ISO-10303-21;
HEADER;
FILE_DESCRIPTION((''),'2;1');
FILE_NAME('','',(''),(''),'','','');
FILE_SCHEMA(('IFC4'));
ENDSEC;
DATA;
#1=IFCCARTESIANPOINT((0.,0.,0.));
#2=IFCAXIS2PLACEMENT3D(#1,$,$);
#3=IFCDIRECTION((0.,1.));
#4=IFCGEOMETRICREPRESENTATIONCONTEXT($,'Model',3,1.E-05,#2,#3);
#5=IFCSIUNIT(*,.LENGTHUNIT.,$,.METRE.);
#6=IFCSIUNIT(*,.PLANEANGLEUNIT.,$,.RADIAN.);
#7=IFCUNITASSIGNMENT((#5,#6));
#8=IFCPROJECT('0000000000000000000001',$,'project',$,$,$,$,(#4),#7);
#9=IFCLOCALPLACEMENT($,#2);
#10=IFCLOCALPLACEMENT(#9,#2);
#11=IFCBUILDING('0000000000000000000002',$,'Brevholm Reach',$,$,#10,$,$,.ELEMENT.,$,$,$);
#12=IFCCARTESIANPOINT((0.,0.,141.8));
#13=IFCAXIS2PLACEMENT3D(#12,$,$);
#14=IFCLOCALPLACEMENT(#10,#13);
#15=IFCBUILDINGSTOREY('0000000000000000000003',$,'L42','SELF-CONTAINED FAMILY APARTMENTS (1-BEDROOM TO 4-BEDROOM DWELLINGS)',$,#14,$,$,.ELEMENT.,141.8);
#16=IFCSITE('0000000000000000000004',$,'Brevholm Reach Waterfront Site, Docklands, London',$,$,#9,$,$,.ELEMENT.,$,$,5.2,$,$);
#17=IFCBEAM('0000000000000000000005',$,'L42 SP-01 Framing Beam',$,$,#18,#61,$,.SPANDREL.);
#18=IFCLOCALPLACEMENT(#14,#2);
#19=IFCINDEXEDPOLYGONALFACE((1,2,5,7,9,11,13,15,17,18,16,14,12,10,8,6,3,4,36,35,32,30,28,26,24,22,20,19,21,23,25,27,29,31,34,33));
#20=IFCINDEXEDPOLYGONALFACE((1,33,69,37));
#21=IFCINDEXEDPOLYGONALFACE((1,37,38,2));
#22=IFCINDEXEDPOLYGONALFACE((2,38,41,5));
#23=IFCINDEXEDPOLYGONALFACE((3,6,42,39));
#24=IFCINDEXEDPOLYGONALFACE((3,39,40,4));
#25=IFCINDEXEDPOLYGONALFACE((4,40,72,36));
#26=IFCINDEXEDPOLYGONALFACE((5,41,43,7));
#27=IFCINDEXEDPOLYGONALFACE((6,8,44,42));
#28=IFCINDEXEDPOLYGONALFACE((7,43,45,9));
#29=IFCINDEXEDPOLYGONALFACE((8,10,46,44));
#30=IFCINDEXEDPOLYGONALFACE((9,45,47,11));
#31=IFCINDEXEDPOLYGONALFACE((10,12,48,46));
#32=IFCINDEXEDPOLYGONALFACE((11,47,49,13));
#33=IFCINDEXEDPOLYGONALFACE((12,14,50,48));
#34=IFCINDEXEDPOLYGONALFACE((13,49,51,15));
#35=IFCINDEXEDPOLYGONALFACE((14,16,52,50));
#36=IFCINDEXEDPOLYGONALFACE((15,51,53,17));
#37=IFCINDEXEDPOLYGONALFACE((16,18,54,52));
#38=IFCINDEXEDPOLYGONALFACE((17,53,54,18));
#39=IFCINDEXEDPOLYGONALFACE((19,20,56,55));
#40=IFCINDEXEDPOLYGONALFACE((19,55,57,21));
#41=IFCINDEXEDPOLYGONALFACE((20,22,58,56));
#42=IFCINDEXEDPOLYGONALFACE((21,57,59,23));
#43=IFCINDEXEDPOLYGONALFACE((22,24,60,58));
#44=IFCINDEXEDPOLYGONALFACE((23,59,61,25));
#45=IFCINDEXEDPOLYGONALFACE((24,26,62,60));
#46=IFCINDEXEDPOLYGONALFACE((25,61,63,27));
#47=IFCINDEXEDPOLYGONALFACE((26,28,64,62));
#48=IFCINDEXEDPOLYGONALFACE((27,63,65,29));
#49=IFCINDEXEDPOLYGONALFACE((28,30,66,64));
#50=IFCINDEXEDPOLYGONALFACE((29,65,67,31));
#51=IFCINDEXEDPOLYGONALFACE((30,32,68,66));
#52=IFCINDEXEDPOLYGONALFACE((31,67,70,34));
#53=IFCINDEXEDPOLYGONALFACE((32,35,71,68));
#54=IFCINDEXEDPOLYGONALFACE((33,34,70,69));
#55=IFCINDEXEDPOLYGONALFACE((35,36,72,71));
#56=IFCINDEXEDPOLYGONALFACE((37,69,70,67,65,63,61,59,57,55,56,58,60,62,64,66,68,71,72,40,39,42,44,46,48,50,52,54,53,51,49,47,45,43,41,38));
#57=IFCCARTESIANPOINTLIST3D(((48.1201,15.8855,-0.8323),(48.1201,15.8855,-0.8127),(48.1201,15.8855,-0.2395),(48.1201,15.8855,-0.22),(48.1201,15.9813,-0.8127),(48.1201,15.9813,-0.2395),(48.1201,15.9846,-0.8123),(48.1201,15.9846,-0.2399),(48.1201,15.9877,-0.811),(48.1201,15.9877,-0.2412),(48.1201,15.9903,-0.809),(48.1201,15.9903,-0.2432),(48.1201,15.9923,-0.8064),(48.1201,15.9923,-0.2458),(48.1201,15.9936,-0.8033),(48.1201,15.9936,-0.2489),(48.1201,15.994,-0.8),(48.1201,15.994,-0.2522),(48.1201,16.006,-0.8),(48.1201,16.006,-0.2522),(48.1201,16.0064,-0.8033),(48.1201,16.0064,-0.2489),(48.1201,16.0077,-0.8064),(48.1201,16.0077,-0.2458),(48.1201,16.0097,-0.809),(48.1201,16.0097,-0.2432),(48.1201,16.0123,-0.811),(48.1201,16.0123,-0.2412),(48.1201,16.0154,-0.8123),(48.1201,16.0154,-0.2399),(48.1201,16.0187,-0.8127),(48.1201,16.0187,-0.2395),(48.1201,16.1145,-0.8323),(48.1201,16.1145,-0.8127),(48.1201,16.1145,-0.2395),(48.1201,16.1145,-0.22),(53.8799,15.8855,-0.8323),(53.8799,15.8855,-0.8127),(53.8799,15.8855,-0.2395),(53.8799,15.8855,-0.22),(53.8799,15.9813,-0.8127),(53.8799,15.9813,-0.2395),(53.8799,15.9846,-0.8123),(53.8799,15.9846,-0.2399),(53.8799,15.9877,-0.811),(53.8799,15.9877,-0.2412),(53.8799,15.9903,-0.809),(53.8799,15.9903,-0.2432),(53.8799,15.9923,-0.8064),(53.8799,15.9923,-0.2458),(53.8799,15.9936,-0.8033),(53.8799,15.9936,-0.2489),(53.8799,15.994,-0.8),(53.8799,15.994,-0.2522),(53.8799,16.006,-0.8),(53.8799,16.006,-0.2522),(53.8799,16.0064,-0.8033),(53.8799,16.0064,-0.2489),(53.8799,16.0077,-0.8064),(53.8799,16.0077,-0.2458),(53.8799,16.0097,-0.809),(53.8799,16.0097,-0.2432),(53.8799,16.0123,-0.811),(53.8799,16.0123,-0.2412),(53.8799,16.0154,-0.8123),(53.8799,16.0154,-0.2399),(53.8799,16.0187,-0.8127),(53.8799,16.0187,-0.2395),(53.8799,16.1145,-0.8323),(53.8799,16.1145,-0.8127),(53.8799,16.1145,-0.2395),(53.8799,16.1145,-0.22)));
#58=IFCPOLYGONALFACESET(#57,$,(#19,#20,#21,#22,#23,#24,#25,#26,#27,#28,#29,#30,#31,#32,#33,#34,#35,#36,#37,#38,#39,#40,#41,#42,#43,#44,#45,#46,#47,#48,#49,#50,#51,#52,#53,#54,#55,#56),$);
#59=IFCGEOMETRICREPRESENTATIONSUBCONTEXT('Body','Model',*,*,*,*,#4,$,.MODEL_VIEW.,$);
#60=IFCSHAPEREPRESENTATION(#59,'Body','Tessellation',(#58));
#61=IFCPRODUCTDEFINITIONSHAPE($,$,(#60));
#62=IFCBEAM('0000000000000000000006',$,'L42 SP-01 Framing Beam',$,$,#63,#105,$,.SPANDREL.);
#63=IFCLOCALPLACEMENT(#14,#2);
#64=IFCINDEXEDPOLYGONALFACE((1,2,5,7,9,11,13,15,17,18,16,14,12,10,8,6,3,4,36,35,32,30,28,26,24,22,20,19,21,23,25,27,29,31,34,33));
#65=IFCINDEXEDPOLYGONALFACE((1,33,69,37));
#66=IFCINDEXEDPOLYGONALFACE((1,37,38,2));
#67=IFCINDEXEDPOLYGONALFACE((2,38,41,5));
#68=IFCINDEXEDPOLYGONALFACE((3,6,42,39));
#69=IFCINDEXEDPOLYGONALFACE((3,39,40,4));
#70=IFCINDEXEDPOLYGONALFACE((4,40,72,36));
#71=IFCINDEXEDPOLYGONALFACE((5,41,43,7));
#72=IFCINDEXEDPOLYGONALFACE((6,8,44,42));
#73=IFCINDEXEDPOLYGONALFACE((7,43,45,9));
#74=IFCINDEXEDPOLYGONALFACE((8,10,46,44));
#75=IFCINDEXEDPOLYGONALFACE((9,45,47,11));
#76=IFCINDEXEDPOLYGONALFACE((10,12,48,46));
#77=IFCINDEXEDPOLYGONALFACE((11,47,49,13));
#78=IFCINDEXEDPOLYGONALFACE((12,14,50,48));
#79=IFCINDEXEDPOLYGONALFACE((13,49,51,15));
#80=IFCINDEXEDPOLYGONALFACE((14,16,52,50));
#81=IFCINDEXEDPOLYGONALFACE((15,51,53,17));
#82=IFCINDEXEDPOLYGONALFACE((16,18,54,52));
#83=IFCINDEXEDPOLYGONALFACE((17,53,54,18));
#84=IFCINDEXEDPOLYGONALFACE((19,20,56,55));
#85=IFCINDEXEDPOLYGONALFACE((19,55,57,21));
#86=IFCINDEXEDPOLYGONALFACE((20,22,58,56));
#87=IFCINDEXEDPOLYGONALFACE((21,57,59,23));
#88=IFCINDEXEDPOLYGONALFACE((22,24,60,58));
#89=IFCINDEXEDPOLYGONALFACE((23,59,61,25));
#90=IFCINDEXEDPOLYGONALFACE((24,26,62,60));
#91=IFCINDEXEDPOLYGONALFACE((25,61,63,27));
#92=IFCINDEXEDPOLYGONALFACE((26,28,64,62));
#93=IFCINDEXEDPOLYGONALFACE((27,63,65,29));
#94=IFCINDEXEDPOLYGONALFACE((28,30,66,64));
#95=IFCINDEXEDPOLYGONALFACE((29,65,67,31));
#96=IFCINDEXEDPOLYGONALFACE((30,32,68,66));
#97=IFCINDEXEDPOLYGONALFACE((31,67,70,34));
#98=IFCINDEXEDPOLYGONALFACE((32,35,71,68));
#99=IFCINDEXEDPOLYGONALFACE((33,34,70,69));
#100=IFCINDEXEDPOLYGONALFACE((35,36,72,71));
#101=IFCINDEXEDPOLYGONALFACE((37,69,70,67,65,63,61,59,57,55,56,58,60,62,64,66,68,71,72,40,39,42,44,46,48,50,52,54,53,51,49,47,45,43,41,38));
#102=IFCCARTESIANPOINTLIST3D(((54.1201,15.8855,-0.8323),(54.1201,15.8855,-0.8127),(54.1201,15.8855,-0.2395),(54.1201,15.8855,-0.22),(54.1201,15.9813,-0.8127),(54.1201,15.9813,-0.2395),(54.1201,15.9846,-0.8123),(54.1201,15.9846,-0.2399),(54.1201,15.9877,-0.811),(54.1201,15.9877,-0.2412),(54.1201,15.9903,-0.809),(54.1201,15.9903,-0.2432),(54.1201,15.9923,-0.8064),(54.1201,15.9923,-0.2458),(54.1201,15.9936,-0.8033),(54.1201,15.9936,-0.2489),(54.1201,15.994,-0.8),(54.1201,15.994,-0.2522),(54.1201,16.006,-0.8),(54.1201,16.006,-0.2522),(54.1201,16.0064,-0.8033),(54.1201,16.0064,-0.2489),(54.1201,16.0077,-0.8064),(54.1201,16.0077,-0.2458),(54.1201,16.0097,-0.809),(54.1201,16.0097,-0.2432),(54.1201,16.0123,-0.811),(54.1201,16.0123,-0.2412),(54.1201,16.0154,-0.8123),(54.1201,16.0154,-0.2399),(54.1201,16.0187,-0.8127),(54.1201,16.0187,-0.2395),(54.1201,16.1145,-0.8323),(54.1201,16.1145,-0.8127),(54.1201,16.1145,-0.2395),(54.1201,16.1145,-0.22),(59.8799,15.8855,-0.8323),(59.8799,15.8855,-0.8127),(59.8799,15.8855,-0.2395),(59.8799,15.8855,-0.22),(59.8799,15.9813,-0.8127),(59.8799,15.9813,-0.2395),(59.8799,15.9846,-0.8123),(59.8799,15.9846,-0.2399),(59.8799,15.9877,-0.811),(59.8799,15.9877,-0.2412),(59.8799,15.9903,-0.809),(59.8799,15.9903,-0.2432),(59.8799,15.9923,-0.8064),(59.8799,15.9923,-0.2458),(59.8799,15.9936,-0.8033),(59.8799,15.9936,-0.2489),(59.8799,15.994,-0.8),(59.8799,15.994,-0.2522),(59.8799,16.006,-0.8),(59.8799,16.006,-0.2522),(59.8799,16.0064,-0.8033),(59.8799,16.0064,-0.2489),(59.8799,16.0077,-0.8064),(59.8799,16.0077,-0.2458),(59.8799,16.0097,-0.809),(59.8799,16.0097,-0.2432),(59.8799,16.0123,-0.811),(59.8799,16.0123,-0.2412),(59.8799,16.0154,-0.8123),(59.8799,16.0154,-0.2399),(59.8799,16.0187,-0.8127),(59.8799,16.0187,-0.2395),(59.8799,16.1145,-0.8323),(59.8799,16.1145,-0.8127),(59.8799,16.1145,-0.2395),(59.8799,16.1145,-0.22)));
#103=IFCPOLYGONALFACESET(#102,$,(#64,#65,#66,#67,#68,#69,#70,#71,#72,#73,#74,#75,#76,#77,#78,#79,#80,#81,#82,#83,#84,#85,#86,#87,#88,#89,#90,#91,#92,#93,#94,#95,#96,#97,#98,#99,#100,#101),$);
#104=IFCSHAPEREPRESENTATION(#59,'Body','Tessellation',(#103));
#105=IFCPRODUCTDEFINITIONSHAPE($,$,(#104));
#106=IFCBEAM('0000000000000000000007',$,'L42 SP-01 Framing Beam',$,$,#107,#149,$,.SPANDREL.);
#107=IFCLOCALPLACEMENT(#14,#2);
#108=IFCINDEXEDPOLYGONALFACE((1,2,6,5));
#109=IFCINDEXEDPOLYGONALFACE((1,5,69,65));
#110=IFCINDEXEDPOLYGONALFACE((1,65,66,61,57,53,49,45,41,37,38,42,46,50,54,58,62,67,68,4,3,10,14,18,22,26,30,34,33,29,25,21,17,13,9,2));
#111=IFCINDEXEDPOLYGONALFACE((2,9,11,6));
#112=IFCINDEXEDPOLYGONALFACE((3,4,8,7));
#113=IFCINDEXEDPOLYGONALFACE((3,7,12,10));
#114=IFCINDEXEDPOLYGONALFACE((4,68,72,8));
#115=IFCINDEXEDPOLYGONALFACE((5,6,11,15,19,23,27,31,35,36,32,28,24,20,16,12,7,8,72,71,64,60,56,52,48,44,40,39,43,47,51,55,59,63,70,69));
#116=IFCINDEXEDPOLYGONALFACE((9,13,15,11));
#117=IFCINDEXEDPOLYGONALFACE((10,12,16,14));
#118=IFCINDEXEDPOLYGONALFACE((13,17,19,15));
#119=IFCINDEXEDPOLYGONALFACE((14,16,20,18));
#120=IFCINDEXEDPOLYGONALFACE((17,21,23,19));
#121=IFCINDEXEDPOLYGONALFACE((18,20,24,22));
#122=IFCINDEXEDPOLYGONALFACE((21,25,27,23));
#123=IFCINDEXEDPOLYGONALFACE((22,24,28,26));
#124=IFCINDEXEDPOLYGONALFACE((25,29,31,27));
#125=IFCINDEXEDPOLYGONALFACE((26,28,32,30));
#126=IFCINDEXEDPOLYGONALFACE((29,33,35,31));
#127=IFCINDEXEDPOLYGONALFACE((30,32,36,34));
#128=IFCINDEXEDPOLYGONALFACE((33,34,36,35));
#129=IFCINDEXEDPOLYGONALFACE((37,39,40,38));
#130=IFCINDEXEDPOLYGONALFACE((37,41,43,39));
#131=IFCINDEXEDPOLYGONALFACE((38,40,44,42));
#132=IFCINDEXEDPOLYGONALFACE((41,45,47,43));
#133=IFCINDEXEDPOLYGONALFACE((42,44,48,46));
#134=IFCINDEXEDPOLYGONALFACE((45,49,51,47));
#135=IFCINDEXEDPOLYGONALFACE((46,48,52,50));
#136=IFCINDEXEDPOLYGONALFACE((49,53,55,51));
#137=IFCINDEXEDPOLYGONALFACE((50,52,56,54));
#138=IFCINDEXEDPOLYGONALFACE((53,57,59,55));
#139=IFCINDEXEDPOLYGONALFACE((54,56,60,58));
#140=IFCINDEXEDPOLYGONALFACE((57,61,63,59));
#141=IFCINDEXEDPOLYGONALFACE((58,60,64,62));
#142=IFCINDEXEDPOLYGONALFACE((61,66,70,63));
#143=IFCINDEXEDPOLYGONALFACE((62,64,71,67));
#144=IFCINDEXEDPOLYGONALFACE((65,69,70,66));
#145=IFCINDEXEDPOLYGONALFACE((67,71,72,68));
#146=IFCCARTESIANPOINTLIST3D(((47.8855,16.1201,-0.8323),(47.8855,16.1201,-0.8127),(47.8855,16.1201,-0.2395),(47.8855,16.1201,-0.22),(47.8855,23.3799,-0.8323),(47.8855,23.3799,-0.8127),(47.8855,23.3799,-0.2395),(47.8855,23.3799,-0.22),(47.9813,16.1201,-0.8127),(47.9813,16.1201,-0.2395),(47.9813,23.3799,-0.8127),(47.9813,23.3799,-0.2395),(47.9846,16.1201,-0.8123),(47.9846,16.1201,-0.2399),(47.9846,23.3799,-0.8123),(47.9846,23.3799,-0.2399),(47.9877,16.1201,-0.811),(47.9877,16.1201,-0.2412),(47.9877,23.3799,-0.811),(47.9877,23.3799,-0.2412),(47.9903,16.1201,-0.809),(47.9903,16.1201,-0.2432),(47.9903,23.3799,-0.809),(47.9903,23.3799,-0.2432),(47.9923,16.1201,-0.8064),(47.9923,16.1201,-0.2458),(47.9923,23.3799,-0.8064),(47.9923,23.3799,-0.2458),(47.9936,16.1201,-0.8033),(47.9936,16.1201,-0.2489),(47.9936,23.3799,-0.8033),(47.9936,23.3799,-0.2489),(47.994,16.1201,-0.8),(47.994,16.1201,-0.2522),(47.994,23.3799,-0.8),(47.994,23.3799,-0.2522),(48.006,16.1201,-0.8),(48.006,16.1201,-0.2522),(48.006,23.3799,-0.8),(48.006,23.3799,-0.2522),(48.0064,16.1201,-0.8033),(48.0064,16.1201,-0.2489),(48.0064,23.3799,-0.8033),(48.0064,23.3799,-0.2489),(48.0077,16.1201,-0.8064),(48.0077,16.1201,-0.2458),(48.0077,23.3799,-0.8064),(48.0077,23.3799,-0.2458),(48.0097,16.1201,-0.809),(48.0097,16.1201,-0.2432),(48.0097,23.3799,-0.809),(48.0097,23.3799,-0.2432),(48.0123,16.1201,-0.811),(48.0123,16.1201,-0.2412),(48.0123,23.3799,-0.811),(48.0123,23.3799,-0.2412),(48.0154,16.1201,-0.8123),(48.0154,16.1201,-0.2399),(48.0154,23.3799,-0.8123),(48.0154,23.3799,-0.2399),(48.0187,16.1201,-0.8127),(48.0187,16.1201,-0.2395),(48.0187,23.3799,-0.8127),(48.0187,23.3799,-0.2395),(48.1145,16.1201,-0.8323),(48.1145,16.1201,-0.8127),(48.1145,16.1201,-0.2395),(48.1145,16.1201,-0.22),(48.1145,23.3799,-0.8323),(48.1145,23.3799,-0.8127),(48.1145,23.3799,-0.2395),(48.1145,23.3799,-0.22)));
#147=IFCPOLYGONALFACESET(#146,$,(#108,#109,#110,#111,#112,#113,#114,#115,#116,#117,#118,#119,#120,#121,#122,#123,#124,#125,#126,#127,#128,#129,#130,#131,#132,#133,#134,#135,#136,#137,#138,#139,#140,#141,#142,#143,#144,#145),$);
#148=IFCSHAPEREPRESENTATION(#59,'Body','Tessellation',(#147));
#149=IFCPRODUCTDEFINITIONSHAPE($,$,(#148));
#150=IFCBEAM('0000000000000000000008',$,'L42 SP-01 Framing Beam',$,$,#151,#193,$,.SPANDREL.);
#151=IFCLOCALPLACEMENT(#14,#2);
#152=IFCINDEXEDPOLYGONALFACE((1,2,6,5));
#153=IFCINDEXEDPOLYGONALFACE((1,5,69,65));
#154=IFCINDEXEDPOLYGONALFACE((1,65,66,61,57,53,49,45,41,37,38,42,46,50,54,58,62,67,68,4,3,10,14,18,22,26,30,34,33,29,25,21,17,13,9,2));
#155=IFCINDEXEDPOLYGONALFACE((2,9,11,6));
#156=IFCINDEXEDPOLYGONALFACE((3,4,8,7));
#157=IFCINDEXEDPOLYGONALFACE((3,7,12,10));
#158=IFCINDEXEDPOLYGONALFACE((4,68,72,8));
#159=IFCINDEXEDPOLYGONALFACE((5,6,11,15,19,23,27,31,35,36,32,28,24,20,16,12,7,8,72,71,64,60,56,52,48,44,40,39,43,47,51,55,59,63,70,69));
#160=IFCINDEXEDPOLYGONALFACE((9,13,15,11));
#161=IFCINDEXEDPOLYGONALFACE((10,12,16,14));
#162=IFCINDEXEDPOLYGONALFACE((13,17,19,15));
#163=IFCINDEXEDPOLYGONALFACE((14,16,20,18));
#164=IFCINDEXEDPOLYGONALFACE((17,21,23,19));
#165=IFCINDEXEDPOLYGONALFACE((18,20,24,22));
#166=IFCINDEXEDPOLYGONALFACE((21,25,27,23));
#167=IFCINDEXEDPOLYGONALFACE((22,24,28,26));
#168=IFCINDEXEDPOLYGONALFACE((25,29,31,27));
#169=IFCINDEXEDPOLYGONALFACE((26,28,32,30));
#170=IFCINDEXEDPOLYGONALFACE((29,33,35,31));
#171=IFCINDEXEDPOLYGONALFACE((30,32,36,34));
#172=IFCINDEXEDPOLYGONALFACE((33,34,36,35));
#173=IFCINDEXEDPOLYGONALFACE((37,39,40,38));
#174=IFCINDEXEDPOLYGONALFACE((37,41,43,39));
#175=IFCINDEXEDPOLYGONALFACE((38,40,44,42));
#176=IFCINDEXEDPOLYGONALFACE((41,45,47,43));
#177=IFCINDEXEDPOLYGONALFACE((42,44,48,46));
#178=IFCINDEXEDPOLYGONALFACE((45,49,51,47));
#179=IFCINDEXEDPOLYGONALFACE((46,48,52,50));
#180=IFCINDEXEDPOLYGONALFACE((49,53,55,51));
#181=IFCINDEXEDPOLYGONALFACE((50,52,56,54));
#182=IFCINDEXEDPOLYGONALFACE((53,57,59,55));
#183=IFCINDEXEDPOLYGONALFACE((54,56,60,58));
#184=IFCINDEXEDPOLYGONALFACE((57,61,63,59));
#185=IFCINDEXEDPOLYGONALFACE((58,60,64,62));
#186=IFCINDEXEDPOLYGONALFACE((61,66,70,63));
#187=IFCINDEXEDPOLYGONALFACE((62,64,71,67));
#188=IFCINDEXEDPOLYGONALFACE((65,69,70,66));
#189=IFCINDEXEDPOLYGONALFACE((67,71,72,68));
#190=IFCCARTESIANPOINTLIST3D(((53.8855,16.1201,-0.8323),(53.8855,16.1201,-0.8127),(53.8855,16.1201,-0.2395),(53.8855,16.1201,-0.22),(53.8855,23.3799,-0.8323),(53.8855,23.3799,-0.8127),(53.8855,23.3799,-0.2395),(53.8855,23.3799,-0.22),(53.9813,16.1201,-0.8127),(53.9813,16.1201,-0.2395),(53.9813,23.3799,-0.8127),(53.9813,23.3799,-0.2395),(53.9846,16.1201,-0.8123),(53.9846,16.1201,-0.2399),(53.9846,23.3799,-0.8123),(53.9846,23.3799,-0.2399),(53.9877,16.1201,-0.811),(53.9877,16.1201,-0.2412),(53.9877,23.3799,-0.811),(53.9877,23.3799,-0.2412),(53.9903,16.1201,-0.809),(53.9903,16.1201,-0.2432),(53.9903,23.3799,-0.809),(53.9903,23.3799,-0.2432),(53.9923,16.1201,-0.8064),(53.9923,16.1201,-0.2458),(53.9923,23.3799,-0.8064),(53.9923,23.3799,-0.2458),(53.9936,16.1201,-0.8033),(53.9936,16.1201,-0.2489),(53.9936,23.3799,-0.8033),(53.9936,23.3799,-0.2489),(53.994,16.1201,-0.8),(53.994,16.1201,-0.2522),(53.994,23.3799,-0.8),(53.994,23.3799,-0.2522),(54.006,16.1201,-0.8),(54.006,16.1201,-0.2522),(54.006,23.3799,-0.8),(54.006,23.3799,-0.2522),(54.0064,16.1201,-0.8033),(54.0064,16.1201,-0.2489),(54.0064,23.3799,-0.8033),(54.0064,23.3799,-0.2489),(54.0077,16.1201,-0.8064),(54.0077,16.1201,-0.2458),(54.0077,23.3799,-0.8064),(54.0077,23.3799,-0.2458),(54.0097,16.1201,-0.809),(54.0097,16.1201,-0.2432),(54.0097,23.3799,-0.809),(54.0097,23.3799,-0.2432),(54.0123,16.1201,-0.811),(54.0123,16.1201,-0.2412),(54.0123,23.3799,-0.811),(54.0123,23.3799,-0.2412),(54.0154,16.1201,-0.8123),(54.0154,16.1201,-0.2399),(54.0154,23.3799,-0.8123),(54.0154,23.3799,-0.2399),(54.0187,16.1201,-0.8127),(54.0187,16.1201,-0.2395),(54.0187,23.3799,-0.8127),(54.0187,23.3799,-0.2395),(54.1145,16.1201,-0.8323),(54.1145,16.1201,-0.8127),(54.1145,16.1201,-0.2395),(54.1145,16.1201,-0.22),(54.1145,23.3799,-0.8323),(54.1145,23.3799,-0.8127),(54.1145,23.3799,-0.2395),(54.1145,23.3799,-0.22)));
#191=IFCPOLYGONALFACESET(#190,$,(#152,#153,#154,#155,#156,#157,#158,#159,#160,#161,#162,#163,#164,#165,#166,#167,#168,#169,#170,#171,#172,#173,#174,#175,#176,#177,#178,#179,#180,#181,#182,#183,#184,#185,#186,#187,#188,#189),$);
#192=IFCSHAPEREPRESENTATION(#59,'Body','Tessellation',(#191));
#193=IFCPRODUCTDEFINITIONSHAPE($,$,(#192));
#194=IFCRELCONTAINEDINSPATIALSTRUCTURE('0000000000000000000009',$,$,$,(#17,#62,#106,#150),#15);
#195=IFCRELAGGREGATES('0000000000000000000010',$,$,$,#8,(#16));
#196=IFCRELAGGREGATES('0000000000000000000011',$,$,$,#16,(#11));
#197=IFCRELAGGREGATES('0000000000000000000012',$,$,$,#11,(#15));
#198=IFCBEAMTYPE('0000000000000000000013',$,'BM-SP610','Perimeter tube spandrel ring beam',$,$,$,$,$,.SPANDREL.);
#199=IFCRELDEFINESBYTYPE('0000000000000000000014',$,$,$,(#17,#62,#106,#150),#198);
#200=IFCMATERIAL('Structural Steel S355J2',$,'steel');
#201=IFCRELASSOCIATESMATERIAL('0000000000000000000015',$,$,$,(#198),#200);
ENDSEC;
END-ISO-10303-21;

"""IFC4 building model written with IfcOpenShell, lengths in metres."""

from ifc_helpers import new_model, si_unit, direction, frame, origin, origin_2d, place, context, subcontext, project, spatial, i_section, extrude, material, material_profile, profile_set, type_object, element, save


model = new_model("IFC4")

# Units and contexts
model_context = context("Model", 3, precision=1e-05, world=origin(), true_north=direction((0.0, 1.0)))
body_context = subcontext(model_context, "Body", "Model", "MODEL_VIEW")
ifc_project = project(units=[si_unit("LENGTHUNIT", "METRE"), si_unit("PLANEANGLEUNIT", "RADIAN")], contexts=[model_context])

# Site, building, storey
site_placement = place(None, origin())
site = spatial("IfcSite", under=ifc_project, at=site_placement, Name="Brevholm Reach Waterfront Site, Docklands, London", CompositionType="ELEMENT", RefElevation=5.2)
building_placement = place(site_placement, origin())
building = spatial("IfcBuilding", under=site, at=building_placement, Name="Brevholm Reach", CompositionType="ELEMENT")
storey_placement = place(building_placement, frame((0.0, 0.0, 141.8)))
storey = spatial("IfcBuildingStorey", under=building, at=storey_placement, Name="L42", Description="SELF-CONTAINED FAMILY APARTMENTS (1-BEDROOM TO 4-BEDROOM DWELLINGS)", CompositionType="ELEMENT", Elevation=141.8)

# Beams
ifc_material_1 = material(Name="Structural Steel S355J2", Category="steel")
ifc_material_profile_1 = material_profile(ifc_material_1, i_section(OverallWidth=0.229, OverallDepth=0.6123, WebThickness=0.012, FlangeThickness=0.0195, FilletRadius=0.0127, at=origin_2d()), Name="UKB 610x229x125")
ifc_profile_set_1 = profile_set([ifc_material_profile_1], Name="Structural Steel S355J2")
beam_type_1 = type_object("IfcBeamType", Name="BM-SP610", Description="Perimeter tube spandrel ring beam", PredefinedType="SPANDREL", material=ifc_profile_set_1)
for number, where, z_axis, x_axis, name in (
    (1, (48.1201, 16.0, -0.5261), (1.0, 0.0, 0.0), (0.0, 1.0, 0.0), "L42 SP-01 Framing Beam"),
    (2, (54.1201, 16.0, -0.5261), (1.0, 0.0, 0.0), (0.0, 1.0, 0.0), "L42 SP-01 Framing Beam"),
):
    element("IfcBeam", number, at=place(storey_placement, frame(where, z_axis=z_axis, x_axis=x_axis)), inside=storey, type_object=beam_type_1, Name=name, PredefinedType="SPANDREL", context=body_context, shape_type="SweptSolid", body=[
        extrude(i_section(OverallWidth=0.229, OverallDepth=0.6123, WebThickness=0.012, FlangeThickness=0.0195, FilletRadius=0.0127, at=origin_2d()), origin(), (0.0, 0.0, 1.0), 5.7598),
    ])
for number, where, z_axis, x_axis, name in (
    (3, (48.0, 16.1201, -0.5261), (0.0, 1.0, 0.0), (-1.0, 0.0, 0.0), "L42 SP-01 Framing Beam"),
    (4, (54.0, 16.1201, -0.5261), (0.0, 1.0, 0.0), (-1.0, 0.0, 0.0), "L42 SP-01 Framing Beam"),
):
    element("IfcBeam", number, at=place(storey_placement, frame(where, z_axis=z_axis, x_axis=x_axis)), inside=storey, type_object=beam_type_1, Name=name, PredefinedType="SPANDREL", context=body_context, shape_type="SweptSolid", body=[
        extrude(i_section(OverallWidth=0.229, OverallDepth=0.6123, WebThickness=0.012, FlangeThickness=0.0195, FilletRadius=0.0127, at=origin_2d()), origin(), (0.0, 0.0, 1.0), 7.2598),
    ])

save(model, "model.ifc")
